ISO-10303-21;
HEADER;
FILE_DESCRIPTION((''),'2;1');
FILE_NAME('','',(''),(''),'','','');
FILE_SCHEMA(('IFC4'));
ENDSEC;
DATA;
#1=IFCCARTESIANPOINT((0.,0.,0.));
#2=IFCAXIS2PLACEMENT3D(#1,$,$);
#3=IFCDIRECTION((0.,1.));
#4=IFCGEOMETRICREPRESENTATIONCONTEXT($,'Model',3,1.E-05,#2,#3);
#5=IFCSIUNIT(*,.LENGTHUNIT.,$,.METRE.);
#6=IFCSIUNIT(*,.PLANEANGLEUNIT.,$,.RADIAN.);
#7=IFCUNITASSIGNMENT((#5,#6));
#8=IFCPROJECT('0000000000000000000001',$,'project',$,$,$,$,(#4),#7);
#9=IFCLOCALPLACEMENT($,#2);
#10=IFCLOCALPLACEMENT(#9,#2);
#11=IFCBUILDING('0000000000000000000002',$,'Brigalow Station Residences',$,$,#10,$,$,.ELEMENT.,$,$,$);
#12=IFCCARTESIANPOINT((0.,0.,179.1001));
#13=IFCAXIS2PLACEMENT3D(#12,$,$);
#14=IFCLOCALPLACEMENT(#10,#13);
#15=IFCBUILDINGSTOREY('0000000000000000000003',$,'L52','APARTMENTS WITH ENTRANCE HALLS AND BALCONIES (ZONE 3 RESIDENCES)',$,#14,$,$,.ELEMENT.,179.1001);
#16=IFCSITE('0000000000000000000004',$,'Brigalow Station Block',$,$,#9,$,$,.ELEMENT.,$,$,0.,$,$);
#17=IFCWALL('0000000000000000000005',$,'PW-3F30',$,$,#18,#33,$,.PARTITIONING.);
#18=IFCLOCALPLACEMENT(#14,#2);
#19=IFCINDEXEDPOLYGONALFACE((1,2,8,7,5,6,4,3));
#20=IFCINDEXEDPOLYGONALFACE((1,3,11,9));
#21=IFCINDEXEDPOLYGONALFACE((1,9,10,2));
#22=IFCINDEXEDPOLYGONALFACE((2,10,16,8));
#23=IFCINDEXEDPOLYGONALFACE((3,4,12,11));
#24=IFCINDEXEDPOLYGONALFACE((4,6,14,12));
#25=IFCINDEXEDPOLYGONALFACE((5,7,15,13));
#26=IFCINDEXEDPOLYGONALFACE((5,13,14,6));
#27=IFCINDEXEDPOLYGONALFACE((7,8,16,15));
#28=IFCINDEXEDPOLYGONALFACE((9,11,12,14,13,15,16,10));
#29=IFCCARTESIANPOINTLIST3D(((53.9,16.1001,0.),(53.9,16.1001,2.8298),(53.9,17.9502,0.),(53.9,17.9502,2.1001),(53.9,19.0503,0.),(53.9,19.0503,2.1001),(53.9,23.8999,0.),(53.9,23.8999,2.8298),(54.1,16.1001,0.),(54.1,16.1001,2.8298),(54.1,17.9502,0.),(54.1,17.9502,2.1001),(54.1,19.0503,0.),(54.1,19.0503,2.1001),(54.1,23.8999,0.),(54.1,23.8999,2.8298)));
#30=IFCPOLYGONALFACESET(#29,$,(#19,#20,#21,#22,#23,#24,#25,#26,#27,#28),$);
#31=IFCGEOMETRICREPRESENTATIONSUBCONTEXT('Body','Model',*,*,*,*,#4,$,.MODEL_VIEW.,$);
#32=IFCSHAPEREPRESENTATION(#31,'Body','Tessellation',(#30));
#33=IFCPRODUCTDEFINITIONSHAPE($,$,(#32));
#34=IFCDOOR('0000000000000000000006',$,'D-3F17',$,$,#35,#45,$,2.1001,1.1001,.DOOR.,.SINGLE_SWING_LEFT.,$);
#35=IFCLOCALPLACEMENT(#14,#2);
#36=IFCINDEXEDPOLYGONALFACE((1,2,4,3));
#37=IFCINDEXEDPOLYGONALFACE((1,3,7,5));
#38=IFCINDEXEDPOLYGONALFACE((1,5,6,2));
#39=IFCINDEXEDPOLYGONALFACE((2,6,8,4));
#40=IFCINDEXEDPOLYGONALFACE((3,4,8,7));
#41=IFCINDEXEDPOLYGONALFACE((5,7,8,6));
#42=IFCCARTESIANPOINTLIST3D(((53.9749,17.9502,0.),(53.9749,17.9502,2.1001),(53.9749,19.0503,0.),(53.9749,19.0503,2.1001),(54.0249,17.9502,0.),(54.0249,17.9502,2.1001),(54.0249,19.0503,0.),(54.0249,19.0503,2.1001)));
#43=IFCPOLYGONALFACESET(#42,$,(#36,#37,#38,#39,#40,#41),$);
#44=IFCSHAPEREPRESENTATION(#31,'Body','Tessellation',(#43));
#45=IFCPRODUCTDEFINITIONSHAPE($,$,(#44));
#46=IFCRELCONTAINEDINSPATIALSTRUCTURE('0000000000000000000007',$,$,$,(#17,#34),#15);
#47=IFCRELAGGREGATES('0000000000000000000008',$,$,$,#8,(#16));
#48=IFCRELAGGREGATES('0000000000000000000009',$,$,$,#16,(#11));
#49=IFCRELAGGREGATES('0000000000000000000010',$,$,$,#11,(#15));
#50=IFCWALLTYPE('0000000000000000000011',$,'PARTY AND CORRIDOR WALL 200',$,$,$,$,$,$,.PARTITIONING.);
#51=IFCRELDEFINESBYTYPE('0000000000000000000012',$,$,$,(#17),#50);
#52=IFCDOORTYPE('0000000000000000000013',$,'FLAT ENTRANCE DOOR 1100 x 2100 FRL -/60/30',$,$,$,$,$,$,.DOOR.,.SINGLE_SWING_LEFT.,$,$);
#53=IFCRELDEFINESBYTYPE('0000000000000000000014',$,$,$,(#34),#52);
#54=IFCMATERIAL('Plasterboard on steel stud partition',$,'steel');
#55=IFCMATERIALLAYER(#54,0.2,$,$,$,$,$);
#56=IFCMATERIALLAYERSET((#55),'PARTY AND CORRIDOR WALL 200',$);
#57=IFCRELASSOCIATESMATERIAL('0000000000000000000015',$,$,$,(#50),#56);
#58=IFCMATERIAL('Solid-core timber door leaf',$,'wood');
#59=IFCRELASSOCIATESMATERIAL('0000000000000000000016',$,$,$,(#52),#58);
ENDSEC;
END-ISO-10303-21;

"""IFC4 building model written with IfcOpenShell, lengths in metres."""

from ifc_helpers import new_model, si_unit, direction, frame, frame_2d, origin, place, context, subcontext, project, spatial, rectangle, extrude, material, layer, layer_set, type_object, element, fill, save


model = new_model("IFC4")

# Units and contexts
model_context = context("Model", 3, precision=1e-05, world=origin(), true_north=direction((0.0, 1.0)))
body_context = subcontext(model_context, "Body", "Model", "MODEL_VIEW")
ifc_project = project(units=[si_unit("LENGTHUNIT", "METRE"), si_unit("PLANEANGLEUNIT", "RADIAN")], contexts=[model_context])

# Site, building, storey
site_placement = place(None, origin())
site = spatial("IfcSite", under=ifc_project, at=site_placement, Name="Brigalow Station Block", CompositionType="ELEMENT", RefElevation=0.0)
building_placement = place(site_placement, origin())
building = spatial("IfcBuilding", under=site, at=building_placement, Name="Brigalow Station Residences", CompositionType="ELEMENT")
storey_placement = place(building_placement, frame((0.0, 0.0, 179.1001)))
storey = spatial("IfcBuildingStorey", under=building, at=storey_placement, Name="L52", Description="APARTMENTS WITH ENTRANCE HALLS AND BALCONIES (ZONE 3 RESIDENCES)", CompositionType="ELEMENT", Elevation=179.1001)

# Wall, opening, door
ifc_material_1 = material(Name="Plasterboard on steel stud partition", Category="steel")
ifc_layer_1 = layer(ifc_material_1, 0.2)
ifc_layer_set_1 = layer_set([ifc_layer_1], Name="PARTY AND CORRIDOR WALL 200")
wall_type_1 = type_object("IfcWallType", Name="PARTY AND CORRIDOR WALL 200", PredefinedType="PARTITIONING", material=ifc_layer_set_1)
wall_1_placement = place(storey_placement, frame((54.0, 16.1001, 0.0), z_axis=(0.0, 0.0, 1.0), x_axis=(0.0, 1.0, 0.0)))
wall_1 = element("IfcWall", 1, at=wall_1_placement, inside=storey, type_object=wall_type_1, Name="PW-3F30", PredefinedType="PARTITIONING", context=body_context, shape_type="SweptSolid", body=[
    extrude(rectangle(XDim=7.7998, YDim=0.2, at=frame_2d((3.8999, 0.0))), origin(), (0.0, 0.0, 1.0), 2.8298),
])
opening_1_placement = place(wall_1_placement, frame((1.8501, 0.0, 0.0)))
opening_1 = element("IfcOpeningElement", 2, at=opening_1_placement, cuts=wall_1, PredefinedType="OPENING", context=body_context, shape_type="SweptSolid", body=[
    extrude(rectangle(XDim=1.1001, YDim=2.1001, at=frame_2d((0.55, 1.05))), frame((0.0, 0.1099, 0.0), z_axis=(0.0, -1.0, 0.0), x_axis=(1.0, 0.0, 0.0)), (0.0, 0.0, 1.0), 0.22),
])
ifc_material_2 = material(Name="Solid-core timber door leaf", Category="wood")
door_type_1 = type_object("IfcDoorType", Name="FLAT ENTRANCE DOOR 1100 x 2100 FRL -/60/30", OperationType="SINGLE_SWING_LEFT", PredefinedType="DOOR", material=ifc_material_2)
door_1_placement = place(opening_1_placement, frame((1.1001, 0.0, 0.0), z_axis=(0.0, 0.0, 1.0), x_axis=(-1.0, 0.0, 0.0)))
door_1 = element("IfcDoor", 3, at=door_1_placement, inside=storey, type_object=door_type_1, Name="D-3F17", OperationType="SINGLE_SWING_LEFT", OverallHeight=2.1001, OverallWidth=1.1001, PredefinedType="DOOR", context=body_context, shape_type="SweptSolid", body=[
    extrude(rectangle(XDim=1.1001, YDim=2.1001, at=frame_2d((0.55, 1.05))), frame((0.0, 0.0249, 0.0), z_axis=(0.0, -1.0, 0.0), x_axis=(1.0, 0.0, 0.0)), (0.0, 0.0, 1.0), 0.05),
])
fill(opening_1, door_1)

save(model, "model.ifc")
